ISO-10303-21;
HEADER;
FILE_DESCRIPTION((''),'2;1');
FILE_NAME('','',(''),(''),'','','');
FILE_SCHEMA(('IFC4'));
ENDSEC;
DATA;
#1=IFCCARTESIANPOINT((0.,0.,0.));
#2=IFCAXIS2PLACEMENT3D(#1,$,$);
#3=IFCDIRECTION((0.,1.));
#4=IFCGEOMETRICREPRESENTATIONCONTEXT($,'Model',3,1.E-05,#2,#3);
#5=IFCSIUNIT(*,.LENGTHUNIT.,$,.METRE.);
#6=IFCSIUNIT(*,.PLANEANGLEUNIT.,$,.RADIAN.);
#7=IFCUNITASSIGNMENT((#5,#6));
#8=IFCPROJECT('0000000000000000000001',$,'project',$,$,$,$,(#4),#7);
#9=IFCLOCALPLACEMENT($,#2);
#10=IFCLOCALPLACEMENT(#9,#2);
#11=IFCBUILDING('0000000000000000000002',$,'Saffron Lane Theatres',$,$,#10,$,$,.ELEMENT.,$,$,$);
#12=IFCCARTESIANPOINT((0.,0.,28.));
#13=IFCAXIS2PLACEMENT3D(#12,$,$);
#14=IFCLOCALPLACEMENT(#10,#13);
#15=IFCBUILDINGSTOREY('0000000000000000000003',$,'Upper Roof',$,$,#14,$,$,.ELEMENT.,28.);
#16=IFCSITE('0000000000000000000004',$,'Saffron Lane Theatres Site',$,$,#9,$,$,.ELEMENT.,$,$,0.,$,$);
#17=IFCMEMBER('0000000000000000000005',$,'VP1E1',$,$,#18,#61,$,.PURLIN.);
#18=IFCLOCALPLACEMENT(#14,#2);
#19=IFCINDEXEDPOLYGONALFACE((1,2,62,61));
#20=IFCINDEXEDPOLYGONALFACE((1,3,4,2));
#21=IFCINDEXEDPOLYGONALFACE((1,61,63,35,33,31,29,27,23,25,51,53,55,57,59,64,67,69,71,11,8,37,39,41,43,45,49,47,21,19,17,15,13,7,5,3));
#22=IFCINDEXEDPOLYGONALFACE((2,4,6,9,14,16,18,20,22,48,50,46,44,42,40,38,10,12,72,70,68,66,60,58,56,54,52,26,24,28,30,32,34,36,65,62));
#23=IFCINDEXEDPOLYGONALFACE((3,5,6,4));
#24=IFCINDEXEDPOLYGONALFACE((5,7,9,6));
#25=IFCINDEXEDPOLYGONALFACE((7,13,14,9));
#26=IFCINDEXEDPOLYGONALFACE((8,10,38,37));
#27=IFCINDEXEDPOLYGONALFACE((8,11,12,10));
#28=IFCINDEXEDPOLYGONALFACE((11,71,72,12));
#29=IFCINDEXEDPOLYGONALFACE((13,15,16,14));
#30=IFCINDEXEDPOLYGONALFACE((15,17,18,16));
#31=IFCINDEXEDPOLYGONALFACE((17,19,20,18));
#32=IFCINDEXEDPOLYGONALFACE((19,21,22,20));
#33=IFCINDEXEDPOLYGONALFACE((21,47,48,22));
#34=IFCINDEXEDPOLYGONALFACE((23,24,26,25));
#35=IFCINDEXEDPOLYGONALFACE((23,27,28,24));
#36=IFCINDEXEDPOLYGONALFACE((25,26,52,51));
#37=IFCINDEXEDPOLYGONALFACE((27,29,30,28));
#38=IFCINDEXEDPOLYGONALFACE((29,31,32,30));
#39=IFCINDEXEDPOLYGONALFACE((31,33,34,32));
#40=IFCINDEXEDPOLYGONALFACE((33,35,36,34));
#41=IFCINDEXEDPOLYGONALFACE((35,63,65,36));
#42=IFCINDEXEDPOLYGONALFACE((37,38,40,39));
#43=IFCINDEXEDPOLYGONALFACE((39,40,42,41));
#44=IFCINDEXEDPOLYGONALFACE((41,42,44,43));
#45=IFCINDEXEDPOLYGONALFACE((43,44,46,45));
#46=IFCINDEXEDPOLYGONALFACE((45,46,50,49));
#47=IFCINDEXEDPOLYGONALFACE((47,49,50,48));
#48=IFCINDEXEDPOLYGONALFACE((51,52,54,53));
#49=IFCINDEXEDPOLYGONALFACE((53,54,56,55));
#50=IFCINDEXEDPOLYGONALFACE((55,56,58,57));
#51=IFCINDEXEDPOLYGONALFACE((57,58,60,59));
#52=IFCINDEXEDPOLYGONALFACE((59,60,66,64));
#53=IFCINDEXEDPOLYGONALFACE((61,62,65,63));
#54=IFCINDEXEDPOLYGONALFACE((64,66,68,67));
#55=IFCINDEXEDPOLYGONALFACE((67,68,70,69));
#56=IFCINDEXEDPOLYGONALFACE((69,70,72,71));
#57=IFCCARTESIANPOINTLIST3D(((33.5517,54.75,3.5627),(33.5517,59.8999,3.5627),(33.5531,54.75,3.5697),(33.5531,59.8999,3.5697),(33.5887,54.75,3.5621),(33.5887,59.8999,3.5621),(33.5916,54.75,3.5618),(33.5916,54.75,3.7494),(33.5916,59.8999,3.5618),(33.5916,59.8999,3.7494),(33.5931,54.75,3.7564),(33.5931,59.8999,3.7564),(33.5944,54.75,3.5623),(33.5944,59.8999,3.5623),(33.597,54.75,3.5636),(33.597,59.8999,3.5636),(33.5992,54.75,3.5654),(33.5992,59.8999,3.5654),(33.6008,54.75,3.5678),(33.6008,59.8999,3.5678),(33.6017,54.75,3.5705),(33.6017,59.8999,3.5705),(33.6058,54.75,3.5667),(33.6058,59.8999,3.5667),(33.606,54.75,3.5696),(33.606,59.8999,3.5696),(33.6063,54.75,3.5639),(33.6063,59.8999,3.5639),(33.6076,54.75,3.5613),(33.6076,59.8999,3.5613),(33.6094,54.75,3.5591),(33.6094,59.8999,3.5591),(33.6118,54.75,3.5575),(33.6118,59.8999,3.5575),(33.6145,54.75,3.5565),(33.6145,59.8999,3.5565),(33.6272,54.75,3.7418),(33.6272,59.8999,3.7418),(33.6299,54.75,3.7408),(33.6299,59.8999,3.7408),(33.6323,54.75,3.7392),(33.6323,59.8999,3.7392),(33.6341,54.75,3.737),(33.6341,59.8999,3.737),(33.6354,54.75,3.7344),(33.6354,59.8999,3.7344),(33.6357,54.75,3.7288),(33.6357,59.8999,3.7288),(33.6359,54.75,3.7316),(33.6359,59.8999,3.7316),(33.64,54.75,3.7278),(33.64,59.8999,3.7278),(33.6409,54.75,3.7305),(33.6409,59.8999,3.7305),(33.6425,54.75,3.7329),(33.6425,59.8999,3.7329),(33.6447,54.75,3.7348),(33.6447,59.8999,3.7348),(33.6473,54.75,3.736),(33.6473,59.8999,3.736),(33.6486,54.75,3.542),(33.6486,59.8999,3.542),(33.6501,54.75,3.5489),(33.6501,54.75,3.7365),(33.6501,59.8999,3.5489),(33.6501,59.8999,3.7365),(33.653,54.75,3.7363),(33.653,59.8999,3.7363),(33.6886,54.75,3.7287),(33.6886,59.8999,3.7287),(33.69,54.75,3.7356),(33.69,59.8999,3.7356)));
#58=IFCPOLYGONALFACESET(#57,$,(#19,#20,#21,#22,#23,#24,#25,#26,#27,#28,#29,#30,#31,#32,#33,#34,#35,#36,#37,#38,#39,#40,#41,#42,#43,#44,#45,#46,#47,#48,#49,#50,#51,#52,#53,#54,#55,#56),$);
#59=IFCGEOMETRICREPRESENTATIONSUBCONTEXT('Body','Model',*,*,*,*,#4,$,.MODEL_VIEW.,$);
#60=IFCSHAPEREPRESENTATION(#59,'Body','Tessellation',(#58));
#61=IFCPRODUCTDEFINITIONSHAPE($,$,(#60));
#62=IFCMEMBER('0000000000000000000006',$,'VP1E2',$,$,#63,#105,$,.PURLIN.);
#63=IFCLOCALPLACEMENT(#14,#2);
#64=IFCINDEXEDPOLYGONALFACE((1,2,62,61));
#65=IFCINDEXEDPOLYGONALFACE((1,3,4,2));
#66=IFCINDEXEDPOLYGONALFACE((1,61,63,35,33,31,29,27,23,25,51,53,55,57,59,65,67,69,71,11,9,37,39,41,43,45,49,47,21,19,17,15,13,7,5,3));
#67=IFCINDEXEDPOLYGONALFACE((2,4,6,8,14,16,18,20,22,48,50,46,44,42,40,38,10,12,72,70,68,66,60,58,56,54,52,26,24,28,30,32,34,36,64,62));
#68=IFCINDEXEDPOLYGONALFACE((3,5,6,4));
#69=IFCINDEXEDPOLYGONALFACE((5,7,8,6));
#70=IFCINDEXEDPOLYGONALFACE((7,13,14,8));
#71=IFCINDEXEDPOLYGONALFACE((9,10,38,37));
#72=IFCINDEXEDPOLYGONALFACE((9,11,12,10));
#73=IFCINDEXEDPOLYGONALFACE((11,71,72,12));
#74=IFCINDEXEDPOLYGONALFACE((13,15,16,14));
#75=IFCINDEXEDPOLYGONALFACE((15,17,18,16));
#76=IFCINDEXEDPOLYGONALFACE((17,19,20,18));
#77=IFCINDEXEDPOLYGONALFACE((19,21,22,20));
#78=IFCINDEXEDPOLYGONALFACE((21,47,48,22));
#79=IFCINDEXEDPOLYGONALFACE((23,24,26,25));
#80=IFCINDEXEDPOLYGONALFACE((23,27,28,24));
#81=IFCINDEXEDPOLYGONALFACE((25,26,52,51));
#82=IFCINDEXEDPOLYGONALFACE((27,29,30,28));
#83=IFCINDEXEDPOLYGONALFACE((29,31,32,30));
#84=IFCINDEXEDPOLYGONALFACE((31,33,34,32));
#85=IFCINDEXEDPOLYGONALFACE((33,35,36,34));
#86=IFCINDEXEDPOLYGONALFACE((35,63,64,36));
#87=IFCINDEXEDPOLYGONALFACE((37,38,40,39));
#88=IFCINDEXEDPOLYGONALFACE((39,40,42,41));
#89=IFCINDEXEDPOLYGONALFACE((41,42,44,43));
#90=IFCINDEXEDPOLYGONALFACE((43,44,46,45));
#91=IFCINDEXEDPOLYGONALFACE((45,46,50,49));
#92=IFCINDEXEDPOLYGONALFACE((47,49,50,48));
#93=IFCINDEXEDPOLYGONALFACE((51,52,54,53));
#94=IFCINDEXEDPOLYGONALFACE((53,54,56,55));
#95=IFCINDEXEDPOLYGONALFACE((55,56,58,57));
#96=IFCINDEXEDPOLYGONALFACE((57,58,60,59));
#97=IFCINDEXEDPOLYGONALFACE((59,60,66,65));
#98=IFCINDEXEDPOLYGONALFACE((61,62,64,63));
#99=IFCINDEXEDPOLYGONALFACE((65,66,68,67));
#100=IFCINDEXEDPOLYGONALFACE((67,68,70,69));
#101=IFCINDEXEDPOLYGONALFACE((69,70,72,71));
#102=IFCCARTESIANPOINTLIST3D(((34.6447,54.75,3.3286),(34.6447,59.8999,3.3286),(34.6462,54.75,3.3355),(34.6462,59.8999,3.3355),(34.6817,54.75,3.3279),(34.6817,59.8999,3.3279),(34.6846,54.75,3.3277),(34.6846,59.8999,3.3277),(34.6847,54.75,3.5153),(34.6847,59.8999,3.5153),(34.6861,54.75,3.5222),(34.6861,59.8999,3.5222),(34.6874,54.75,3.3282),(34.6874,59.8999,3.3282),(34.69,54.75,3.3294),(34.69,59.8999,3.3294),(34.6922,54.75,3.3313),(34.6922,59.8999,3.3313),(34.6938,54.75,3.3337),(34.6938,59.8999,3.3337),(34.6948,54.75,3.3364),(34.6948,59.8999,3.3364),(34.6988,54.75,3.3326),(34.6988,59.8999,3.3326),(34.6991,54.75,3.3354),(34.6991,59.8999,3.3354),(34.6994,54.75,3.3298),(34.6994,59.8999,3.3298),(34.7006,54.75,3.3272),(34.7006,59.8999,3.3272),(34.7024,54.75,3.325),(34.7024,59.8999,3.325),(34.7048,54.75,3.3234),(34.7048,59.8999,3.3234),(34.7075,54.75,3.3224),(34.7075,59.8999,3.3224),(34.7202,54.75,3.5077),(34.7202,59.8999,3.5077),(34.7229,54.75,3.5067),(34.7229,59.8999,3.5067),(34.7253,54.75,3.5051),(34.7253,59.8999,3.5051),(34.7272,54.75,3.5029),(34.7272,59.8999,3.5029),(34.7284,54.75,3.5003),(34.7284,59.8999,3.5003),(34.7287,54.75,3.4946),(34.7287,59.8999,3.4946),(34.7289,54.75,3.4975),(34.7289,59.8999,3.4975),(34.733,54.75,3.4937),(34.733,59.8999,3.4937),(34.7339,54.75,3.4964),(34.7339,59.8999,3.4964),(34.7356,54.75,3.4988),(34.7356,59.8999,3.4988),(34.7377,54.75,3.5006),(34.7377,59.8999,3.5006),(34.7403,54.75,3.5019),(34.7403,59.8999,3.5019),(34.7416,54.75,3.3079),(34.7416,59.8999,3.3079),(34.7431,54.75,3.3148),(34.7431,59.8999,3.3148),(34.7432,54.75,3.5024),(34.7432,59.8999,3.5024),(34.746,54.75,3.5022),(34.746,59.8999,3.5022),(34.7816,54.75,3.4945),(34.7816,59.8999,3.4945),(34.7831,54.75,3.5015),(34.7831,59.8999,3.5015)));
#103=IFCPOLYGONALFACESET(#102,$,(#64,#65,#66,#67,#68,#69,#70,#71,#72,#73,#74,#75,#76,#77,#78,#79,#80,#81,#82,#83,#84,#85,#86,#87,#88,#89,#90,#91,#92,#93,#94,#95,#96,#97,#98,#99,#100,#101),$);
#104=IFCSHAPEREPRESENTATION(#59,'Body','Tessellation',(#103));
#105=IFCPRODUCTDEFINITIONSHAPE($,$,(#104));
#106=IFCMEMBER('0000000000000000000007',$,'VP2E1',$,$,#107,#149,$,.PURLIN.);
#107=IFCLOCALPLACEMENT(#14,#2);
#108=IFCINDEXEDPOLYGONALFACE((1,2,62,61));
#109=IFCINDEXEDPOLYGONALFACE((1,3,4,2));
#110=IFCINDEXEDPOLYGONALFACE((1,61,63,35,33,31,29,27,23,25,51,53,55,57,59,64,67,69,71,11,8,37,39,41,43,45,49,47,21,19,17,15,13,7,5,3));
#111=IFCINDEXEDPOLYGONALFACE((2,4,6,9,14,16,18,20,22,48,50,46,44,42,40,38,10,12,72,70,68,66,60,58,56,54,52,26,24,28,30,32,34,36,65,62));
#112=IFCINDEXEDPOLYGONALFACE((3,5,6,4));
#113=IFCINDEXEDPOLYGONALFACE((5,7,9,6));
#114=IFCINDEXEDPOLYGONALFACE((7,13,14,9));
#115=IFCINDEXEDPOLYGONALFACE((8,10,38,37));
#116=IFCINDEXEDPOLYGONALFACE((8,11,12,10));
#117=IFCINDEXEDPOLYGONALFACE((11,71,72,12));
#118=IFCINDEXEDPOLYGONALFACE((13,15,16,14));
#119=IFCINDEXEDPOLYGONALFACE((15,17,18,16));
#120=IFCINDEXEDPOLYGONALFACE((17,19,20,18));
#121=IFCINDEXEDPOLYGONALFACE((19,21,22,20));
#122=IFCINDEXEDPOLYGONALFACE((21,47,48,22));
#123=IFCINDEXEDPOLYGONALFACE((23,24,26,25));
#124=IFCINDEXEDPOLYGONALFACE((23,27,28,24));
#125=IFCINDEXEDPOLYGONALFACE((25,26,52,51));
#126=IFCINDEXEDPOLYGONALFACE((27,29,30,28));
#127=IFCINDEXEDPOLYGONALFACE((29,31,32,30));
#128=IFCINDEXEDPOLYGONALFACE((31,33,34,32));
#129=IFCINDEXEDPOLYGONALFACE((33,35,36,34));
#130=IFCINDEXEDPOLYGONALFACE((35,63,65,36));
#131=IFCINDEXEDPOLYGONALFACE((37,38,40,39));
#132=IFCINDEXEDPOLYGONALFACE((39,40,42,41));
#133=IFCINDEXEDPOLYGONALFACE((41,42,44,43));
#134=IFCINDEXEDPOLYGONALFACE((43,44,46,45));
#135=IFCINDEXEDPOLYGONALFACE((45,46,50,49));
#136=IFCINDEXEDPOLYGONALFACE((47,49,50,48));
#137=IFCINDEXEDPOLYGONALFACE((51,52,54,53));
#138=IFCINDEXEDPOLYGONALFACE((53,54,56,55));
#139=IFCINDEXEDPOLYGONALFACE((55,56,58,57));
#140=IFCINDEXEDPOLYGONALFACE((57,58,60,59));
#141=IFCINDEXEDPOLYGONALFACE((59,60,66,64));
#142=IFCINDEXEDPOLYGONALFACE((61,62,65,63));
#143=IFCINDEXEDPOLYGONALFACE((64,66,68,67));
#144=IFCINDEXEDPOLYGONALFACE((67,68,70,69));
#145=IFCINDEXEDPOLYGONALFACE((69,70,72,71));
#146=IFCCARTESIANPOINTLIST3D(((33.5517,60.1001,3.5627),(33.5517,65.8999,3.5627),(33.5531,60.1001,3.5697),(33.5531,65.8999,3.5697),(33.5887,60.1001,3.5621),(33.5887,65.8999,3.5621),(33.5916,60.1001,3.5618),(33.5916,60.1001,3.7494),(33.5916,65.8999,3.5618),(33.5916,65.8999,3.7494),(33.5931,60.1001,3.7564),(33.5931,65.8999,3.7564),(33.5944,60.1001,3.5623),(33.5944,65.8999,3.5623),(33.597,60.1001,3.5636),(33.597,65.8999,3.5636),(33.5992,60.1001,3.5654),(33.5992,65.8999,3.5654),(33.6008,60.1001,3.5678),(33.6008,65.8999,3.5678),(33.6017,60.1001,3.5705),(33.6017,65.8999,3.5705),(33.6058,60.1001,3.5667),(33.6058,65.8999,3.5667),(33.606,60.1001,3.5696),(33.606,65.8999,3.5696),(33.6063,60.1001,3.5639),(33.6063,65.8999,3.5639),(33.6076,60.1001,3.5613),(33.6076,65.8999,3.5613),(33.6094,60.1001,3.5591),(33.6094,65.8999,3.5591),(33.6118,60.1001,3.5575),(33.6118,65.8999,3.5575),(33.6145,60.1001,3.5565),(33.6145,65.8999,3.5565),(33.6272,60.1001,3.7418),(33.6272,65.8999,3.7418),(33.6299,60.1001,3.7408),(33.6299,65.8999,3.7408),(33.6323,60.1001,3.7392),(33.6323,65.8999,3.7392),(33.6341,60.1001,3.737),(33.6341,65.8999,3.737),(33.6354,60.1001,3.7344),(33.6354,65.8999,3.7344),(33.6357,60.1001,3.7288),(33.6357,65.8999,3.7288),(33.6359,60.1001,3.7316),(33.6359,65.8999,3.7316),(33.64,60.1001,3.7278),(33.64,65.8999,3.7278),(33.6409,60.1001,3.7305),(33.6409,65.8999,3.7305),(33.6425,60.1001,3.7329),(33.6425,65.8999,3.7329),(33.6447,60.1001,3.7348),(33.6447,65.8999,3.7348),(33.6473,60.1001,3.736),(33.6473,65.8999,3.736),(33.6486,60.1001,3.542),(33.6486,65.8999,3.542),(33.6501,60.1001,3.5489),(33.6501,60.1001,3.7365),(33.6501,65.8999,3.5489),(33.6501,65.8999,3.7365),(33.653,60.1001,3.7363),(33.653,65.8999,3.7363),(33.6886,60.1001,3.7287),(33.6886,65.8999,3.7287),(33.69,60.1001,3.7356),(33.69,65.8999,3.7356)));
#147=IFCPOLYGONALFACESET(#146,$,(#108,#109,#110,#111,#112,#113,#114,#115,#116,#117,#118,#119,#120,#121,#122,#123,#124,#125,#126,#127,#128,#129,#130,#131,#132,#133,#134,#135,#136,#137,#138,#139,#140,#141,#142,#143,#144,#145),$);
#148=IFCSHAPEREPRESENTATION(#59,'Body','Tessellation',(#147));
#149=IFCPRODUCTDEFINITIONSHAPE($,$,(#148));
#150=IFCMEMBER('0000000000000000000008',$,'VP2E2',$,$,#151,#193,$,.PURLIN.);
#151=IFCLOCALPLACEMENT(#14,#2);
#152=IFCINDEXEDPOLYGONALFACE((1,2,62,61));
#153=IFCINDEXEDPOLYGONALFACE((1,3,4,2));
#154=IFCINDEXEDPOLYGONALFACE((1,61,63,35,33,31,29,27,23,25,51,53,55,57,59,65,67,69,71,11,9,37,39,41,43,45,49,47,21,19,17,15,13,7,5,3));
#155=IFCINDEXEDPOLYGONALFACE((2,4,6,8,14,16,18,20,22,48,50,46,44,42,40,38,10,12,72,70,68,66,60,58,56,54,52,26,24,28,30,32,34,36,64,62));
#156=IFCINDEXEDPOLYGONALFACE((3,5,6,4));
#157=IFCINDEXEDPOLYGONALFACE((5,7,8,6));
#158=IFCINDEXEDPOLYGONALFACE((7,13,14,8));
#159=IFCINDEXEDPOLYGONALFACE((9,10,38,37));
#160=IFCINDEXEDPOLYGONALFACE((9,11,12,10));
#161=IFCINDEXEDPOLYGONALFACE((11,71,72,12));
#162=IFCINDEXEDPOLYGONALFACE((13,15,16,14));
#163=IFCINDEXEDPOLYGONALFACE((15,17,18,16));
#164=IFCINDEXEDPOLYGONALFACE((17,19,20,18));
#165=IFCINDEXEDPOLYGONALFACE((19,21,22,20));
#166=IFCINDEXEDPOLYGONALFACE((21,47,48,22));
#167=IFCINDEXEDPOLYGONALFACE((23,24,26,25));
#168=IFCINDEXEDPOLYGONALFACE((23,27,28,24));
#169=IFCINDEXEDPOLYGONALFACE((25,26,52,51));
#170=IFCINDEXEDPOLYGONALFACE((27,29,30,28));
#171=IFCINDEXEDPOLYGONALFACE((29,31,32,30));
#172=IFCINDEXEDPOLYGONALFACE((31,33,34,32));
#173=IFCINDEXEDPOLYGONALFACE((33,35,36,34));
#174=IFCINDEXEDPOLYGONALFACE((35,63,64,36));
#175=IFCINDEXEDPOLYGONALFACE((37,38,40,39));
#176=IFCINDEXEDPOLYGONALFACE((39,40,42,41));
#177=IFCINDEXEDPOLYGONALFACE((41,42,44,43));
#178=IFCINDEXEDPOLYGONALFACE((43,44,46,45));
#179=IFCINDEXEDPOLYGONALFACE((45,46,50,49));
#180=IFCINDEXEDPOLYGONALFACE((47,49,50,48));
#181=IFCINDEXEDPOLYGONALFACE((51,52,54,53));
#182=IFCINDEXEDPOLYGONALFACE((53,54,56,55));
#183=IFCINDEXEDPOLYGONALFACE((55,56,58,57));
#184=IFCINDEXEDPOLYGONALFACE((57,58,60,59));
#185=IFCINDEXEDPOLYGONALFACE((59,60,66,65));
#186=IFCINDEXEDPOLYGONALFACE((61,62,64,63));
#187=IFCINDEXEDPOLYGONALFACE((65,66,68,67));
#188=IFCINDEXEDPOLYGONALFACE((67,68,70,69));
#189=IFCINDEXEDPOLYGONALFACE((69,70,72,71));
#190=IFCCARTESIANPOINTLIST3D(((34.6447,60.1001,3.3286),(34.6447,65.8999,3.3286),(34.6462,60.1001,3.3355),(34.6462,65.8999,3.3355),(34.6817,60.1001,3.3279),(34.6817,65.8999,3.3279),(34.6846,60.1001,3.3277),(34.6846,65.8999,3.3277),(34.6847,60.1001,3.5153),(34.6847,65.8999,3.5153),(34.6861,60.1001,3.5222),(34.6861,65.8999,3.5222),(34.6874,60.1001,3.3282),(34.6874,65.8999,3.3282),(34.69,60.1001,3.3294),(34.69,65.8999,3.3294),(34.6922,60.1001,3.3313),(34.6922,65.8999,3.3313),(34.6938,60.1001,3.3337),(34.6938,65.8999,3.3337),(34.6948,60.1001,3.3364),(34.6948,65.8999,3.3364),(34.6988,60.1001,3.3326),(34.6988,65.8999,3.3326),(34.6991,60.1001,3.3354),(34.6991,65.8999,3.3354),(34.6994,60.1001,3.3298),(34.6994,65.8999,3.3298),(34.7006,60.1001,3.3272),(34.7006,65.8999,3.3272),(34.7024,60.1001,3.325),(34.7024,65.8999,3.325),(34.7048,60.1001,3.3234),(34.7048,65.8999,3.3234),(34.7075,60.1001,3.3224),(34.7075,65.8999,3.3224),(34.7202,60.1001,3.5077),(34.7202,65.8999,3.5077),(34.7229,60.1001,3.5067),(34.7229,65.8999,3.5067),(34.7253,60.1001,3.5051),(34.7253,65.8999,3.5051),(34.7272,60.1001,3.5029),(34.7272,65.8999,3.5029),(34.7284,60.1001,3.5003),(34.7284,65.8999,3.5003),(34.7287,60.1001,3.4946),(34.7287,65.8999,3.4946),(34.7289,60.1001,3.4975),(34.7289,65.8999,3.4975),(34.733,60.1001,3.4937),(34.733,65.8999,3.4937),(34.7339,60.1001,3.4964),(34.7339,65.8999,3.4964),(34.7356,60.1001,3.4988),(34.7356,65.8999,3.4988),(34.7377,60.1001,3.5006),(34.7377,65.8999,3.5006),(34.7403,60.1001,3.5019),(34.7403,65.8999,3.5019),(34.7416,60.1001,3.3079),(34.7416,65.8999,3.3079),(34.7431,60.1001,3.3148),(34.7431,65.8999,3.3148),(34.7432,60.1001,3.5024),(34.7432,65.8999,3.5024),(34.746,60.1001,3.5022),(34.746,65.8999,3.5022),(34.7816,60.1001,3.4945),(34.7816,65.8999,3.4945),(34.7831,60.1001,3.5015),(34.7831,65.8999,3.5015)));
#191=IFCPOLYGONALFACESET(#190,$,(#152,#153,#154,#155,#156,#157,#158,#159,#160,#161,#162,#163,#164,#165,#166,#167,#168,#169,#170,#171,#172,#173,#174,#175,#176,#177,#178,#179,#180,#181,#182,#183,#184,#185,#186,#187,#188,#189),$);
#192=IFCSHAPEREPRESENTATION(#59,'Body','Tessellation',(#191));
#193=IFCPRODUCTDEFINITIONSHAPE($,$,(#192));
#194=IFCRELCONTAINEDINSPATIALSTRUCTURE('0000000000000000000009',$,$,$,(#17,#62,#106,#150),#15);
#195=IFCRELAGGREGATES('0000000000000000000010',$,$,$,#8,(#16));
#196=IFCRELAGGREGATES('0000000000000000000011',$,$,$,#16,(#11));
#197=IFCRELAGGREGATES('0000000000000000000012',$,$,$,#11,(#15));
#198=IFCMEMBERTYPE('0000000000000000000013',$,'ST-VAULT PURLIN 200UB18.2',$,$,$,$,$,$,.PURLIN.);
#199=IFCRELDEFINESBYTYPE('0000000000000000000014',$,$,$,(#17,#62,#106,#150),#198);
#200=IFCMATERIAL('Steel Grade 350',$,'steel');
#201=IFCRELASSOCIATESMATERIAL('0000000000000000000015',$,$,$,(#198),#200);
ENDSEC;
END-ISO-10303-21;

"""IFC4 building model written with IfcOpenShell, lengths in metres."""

from ifc_helpers import new_model, si_unit, direction, frame, origin, origin_2d, place, context, subcontext, project, spatial, i_section, extrude, material, material_profile, profile_set, type_object, element, save


model = new_model("IFC4")

# Units and contexts
model_context = context("Model", 3, precision=1e-05, world=origin(), true_north=direction((0.0, 1.0)))
body_context = subcontext(model_context, "Body", "Model", "MODEL_VIEW")
ifc_project = project(units=[si_unit("LENGTHUNIT", "METRE"), si_unit("PLANEANGLEUNIT", "RADIAN")], contexts=[model_context])

# Site, building, storey
site_placement = place(None, origin())
site = spatial("IfcSite", under=ifc_project, at=site_placement, Name="Saffron Lane Theatres Site", CompositionType="ELEMENT", RefElevation=0.0)
building_placement = place(site_placement, origin())
building = spatial("IfcBuilding", under=site, at=building_placement, Name="Saffron Lane Theatres", CompositionType="ELEMENT")
storey_placement = place(building_placement, frame((0.0, 0.0, 28.0)))
storey = spatial("IfcBuildingStorey", under=building, at=storey_placement, Name="Upper Roof", CompositionType="ELEMENT", Elevation=28.0)

# Members
ifc_material_1 = material(Name="Steel Grade 350", Category="steel")
ifc_material_profile_1 = material_profile(ifc_material_1, i_section(OverallWidth=0.0991, OverallDepth=0.198, WebThickness=0.0044, FlangeThickness=0.0071, FilletRadius=0.011, at=origin_2d()))
ifc_profile_set_1 = profile_set([ifc_material_profile_1], Name="Steel Grade 350")
member_type_1 = type_object("IfcMemberType", Name="ST-VAULT PURLIN 200UB18.2", PredefinedType="PURLIN", material=ifc_profile_set_1)
for number, where, z_axis, x_axis, name in (
    (1, (33.6208, 54.75, 3.6492), (0.0, 1.0, 0.0), (0.977816, 0.0, -0.209466), "VP1E1"),
    (2, (34.7139, 54.75, 3.415), (0.0, 1.0, 0.0), (0.977816, 0.0, -0.209466), "VP1E2"),
):
    element("IfcMember", number, at=place(storey_placement, frame(where, z_axis=z_axis, x_axis=x_axis)), inside=storey, type_object=member_type_1, Name=name, PredefinedType="PURLIN", context=body_context, shape_type="SweptSolid", body=[
        extrude(i_section(OverallWidth=0.0991, OverallDepth=0.198, WebThickness=0.0044, FlangeThickness=0.0071, FilletRadius=0.011, at=origin_2d()), origin(), (0.0, 0.0, 1.0), 5.1499),
    ])
for number, where, z_axis, x_axis, name in (
    (3, (33.6208, 60.1001, 3.6492), (0.0, 1.0, 0.0), (0.977816, 0.0, -0.209466), "VP2E1"),
    (4, (34.7139, 60.1001, 3.415), (0.0, 1.0, 0.0), (0.977816, 0.0, -0.209466), "VP2E2"),
):
    element("IfcMember", number, at=place(storey_placement, frame(where, z_axis=z_axis, x_axis=x_axis)), inside=storey, type_object=member_type_1, Name=name, PredefinedType="PURLIN", context=body_context, shape_type="SweptSolid", body=[
        extrude(i_section(OverallWidth=0.0991, OverallDepth=0.198, WebThickness=0.0044, FlangeThickness=0.0071, FilletRadius=0.011, at=origin_2d()), origin(), (0.0, 0.0, 1.0), 5.7998),
    ])

save(model, "model.ifc")
